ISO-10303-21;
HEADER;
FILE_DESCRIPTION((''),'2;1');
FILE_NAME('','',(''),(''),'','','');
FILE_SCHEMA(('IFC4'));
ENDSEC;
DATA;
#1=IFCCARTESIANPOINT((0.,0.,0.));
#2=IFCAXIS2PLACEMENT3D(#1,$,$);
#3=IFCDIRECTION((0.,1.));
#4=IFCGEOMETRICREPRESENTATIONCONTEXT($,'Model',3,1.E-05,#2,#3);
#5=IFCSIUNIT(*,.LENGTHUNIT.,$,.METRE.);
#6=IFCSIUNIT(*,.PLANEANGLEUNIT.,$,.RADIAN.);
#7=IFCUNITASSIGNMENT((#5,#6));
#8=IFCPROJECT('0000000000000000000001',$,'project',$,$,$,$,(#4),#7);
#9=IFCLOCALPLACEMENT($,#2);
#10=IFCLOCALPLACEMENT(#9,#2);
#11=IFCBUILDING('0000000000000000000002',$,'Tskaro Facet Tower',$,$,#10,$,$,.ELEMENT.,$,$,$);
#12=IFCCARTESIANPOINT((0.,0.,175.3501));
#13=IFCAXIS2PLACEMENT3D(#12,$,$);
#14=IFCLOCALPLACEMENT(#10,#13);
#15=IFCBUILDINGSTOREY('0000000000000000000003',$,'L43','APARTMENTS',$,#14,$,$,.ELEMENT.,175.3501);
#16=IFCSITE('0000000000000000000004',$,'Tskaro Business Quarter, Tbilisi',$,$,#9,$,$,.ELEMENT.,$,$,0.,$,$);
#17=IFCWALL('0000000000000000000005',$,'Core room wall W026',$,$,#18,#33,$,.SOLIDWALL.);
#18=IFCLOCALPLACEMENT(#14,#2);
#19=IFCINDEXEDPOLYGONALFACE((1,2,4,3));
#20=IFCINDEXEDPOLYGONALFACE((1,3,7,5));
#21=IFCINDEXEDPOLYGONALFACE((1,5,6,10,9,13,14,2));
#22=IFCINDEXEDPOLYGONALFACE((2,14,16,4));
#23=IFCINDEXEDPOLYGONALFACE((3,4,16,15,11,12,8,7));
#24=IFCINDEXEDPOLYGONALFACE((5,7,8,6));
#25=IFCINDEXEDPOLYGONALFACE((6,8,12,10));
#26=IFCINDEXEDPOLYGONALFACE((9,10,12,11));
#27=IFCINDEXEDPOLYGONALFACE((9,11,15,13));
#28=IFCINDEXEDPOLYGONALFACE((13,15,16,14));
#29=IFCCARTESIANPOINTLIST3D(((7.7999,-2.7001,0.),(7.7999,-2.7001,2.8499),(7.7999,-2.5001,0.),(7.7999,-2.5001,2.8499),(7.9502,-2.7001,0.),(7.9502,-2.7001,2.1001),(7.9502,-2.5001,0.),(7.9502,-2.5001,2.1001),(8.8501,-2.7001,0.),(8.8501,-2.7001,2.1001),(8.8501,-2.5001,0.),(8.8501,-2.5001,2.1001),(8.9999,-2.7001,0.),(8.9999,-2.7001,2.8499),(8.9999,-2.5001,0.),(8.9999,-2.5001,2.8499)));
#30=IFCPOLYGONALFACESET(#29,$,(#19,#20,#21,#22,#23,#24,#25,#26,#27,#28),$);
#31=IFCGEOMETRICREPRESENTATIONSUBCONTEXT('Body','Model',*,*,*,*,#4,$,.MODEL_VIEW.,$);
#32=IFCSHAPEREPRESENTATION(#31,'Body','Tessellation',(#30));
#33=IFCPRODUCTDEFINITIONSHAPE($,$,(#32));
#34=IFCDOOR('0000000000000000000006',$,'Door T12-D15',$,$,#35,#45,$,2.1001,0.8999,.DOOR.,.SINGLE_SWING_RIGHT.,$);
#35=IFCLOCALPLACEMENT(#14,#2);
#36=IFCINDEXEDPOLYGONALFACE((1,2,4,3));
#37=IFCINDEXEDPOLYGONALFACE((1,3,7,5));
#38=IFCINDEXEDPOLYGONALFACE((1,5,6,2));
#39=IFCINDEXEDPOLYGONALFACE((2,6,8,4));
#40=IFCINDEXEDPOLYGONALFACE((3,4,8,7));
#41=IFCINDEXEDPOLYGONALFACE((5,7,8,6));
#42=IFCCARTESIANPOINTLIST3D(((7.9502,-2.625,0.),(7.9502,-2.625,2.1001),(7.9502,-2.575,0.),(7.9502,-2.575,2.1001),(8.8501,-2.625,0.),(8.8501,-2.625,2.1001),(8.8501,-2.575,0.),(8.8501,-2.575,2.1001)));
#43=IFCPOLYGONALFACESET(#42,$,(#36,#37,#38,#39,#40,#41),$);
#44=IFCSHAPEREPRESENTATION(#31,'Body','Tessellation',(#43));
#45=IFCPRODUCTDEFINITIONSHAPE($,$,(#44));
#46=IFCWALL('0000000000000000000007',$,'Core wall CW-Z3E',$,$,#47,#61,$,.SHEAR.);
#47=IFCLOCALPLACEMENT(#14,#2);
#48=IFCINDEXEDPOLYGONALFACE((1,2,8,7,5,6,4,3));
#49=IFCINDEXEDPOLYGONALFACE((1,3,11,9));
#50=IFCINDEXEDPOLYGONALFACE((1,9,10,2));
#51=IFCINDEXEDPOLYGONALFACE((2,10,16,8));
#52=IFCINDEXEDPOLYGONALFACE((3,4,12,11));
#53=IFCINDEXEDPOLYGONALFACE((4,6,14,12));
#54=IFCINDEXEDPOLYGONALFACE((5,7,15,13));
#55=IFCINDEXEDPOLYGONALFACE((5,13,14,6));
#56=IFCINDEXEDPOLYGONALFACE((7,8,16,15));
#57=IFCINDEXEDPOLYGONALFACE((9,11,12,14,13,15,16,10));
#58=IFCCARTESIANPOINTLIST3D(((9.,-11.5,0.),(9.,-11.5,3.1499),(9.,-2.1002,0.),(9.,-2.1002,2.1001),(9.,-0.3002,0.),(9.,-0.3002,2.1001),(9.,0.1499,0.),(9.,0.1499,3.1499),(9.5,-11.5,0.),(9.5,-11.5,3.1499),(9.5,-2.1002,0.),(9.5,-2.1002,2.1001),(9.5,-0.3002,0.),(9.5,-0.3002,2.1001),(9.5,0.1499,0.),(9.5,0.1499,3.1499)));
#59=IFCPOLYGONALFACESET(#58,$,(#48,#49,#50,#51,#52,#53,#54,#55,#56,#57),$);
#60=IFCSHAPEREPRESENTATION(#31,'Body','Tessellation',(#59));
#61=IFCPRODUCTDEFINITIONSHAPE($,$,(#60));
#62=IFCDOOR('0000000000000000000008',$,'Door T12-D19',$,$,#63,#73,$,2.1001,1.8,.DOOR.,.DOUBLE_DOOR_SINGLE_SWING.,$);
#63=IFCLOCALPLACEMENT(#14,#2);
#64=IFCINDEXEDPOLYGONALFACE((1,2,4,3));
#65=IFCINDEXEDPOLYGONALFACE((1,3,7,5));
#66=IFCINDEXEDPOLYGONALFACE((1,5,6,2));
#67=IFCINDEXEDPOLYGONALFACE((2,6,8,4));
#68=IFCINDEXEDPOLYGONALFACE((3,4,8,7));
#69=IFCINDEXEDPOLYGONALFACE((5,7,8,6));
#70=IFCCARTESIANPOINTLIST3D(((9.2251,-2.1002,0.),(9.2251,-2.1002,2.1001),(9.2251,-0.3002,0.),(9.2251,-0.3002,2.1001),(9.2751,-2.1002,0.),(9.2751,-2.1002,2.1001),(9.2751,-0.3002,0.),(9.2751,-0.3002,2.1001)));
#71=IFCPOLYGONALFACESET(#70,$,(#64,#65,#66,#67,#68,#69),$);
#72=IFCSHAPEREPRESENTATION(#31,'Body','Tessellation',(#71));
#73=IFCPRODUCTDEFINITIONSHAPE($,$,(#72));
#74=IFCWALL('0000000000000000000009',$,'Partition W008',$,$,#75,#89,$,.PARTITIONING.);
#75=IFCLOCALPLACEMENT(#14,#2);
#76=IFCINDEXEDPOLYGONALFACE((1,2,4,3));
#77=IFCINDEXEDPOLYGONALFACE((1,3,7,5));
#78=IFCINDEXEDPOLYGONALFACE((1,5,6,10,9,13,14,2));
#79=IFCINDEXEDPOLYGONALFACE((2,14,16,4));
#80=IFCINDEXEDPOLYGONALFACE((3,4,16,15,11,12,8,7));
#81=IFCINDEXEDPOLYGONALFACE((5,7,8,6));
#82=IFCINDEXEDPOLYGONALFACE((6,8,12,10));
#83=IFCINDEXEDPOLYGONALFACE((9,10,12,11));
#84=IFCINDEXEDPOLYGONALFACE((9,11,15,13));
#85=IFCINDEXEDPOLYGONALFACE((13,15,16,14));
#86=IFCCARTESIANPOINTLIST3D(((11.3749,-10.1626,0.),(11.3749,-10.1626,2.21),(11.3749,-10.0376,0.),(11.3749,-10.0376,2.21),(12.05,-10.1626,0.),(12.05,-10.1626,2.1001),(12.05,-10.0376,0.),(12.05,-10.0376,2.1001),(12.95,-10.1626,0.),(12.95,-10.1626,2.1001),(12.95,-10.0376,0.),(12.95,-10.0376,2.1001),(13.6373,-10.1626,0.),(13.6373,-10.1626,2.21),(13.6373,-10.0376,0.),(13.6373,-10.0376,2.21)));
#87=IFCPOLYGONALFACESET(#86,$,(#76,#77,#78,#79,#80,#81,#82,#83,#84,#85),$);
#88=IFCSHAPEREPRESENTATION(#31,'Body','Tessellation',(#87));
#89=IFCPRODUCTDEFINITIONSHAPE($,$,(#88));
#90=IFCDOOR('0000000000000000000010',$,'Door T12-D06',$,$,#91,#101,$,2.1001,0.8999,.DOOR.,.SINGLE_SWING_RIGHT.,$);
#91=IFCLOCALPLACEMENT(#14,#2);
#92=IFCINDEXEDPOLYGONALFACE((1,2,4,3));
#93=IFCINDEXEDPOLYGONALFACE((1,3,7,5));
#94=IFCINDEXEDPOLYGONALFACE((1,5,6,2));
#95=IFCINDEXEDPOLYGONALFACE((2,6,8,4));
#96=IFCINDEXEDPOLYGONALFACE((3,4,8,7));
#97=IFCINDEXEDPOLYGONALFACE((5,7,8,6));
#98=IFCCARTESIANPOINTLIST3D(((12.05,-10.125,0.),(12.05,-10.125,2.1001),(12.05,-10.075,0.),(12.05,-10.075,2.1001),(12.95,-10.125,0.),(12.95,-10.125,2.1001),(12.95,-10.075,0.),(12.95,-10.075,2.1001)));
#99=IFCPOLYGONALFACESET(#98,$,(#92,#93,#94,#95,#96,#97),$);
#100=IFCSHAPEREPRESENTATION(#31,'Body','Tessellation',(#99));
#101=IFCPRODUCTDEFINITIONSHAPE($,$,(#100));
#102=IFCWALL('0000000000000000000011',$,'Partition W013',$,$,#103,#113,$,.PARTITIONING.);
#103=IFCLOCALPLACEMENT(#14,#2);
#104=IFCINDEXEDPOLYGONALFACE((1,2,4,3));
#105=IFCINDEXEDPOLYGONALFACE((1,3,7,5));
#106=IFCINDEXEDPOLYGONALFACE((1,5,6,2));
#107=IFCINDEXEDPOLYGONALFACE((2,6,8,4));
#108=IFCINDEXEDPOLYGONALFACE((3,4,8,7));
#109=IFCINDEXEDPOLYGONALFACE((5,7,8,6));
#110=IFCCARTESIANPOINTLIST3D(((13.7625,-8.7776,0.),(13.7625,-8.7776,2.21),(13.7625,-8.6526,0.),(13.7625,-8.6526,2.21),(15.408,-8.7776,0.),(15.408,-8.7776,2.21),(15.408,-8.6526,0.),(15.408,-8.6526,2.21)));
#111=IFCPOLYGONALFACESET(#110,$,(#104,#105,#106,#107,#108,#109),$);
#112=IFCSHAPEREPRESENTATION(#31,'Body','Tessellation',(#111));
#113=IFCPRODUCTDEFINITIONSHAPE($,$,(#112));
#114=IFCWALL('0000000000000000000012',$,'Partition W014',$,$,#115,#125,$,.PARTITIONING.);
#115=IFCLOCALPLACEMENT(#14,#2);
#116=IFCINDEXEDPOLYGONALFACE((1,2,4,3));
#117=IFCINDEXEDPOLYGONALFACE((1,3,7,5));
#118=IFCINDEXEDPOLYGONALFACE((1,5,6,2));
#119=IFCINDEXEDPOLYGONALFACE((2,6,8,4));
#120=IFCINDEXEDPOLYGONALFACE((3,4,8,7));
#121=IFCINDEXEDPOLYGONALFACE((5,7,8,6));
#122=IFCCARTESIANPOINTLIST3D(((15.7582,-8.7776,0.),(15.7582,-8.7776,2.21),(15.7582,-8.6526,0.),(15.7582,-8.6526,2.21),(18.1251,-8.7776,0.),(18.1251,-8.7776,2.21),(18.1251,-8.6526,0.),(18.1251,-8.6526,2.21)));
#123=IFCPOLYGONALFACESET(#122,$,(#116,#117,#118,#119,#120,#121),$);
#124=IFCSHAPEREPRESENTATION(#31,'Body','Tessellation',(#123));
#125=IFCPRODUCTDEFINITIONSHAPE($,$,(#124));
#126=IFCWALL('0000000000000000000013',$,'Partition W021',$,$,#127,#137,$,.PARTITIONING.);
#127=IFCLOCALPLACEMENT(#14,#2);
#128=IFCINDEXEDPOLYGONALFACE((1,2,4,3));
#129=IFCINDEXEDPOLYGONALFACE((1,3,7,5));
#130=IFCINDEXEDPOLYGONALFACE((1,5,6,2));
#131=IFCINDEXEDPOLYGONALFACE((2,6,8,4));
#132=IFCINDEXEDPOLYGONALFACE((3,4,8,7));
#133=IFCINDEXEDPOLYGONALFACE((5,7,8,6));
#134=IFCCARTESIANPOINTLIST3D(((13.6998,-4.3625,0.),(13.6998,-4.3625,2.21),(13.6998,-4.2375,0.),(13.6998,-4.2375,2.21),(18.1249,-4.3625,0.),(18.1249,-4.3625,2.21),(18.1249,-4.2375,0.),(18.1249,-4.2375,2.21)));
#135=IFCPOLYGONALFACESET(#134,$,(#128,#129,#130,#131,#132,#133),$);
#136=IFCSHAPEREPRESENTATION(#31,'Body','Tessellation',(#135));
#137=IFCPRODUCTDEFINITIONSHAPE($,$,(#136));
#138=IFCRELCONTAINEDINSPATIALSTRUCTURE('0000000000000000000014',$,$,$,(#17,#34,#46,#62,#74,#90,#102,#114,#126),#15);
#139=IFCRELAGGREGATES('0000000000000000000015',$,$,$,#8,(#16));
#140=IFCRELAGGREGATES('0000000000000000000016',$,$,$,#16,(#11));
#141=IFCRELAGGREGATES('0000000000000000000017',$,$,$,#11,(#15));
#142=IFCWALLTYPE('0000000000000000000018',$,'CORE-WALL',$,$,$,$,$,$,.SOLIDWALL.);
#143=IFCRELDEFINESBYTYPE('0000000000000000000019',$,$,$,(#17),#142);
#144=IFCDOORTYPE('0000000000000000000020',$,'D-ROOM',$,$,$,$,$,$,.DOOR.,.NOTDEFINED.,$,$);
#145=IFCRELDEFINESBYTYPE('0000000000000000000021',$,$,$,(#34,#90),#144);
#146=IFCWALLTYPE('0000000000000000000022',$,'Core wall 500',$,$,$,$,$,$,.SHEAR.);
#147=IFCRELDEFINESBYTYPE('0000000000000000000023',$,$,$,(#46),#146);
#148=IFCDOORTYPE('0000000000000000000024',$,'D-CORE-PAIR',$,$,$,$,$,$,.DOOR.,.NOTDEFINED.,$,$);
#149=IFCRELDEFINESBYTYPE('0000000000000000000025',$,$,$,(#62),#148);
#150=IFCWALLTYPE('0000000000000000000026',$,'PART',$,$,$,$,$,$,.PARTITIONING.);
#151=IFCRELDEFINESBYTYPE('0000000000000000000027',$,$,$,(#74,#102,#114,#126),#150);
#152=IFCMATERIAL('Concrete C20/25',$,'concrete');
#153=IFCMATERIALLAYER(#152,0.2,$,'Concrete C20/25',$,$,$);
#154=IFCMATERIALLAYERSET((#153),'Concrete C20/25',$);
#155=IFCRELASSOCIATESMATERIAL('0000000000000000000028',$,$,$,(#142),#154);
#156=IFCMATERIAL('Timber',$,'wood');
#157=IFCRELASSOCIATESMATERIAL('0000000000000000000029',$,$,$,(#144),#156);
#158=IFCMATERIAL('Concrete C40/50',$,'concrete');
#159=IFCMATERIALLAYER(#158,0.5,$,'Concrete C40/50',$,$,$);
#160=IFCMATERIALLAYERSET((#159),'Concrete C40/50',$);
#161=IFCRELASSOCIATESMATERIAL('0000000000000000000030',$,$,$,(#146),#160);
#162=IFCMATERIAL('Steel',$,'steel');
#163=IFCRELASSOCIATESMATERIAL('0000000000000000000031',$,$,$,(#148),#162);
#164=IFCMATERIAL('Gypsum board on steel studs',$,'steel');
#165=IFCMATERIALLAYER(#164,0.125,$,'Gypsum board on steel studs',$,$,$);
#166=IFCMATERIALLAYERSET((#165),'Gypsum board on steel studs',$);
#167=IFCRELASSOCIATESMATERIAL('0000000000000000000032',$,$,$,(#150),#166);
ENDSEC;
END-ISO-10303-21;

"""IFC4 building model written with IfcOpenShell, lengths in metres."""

from ifc_helpers import new_model, si_unit, direction, frame, frame_2d, origin, place, context, subcontext, project, spatial, rectangle, extrude, material, layer, layer_set, type_object, element, fill, save


model = new_model("IFC4")

# Units and contexts
model_context = context("Model", 3, precision=1e-05, world=origin(), true_north=direction((0.0, 1.0)))
body_context = subcontext(model_context, "Body", "Model", "MODEL_VIEW")
ifc_project = project(units=[si_unit("LENGTHUNIT", "METRE"), si_unit("PLANEANGLEUNIT", "RADIAN")], contexts=[model_context])

# Site, building, storey
site_placement = place(None, origin())
site = spatial("IfcSite", under=ifc_project, at=site_placement, Name="Tskaro Business Quarter, Tbilisi", CompositionType="ELEMENT", RefElevation=0.0)
building_placement = place(site_placement, origin())
building = spatial("IfcBuilding", under=site, at=building_placement, Name="Tskaro Facet Tower", CompositionType="ELEMENT")
storey_placement = place(building_placement, frame((0.0, 0.0, 175.3501)))
storey = spatial("IfcBuildingStorey", under=building, at=storey_placement, Name="L43", Description="APARTMENTS", CompositionType="ELEMENT", Elevation=175.3501)

# Walls, openings, doors
ifc_material_1 = material(Name="Concrete C20/25", Category="concrete")
ifc_layer_1 = layer(ifc_material_1, 0.2, Name="Concrete C20/25")
ifc_layer_set_1 = layer_set([ifc_layer_1], Name="Concrete C20/25")
wall_type_1 = type_object("IfcWallType", Name="CORE-WALL", PredefinedType="SOLIDWALL", material=ifc_layer_set_1)
wall_1_placement = place(storey_placement, frame((9.0, -2.6001, 0.0), z_axis=(0.0, 0.0, 1.0), x_axis=(-1.0, 0.0, 0.0)))
wall_1 = element("IfcWall", 1, at=wall_1_placement, inside=storey, type_object=wall_type_1, Name="Core room wall W026", PredefinedType="SOLIDWALL", context=body_context, shape_type="SweptSolid", body=[
    extrude(rectangle(XDim=1.2, YDim=0.2, at=frame_2d((0.6001, 0.0))), origin(), (0.0, 0.0, 1.0), 2.8499),
])
opening_1_placement = place(wall_1_placement, frame((0.1499, 0.0, 0.0)))
opening_1 = element("IfcOpeningElement", 2, at=opening_1_placement, cuts=wall_1, PredefinedType="OPENING", context=body_context, shape_type="SweptSolid", body=[
    extrude(rectangle(XDim=0.8999, YDim=2.1001, at=frame_2d((0.45, 1.05))), frame((0.0, 0.1099, 0.0), z_axis=(0.0, -1.0, 0.0), x_axis=(1.0, 0.0, 0.0)), (0.0, 0.0, 1.0), 0.22),
])
ifc_material_2 = material(Name="Timber", Category="wood")
door_type_1 = type_object("IfcDoorType", Name="D-ROOM", OperationType="NOTDEFINED", PredefinedType="DOOR", material=ifc_material_2)
door_1_placement = place(opening_1_placement, origin())
door_1 = element("IfcDoor", 3, at=door_1_placement, inside=storey, type_object=door_type_1, Name="Door T12-D15", OperationType="SINGLE_SWING_RIGHT", OverallHeight=2.1001, OverallWidth=0.8999, PredefinedType="DOOR", context=body_context, shape_type="SweptSolid", body=[
    extrude(rectangle(XDim=0.8999, YDim=2.1001, at=frame_2d((0.45, 1.05))), frame((0.0, 0.0249, 0.0), z_axis=(0.0, -1.0, 0.0), x_axis=(1.0, 0.0, 0.0)), (0.0, 0.0, 1.0), 0.05),
])
fill(opening_1, door_1)
ifc_material_3 = material(Name="Concrete C40/50", Category="concrete")
ifc_layer_2 = layer(ifc_material_3, 0.5, Name="Concrete C40/50")
ifc_layer_set_2 = layer_set([ifc_layer_2], Name="Concrete C40/50")
wall_type_2 = type_object("IfcWallType", Name="Core wall 500", PredefinedType="SHEAR", material=ifc_layer_set_2)
wall_2_placement = place(storey_placement, frame((9.25, -11.5, 0.0), z_axis=(0.0, 0.0, 1.0), x_axis=(0.0, 1.0, 0.0)))
wall_2 = element("IfcWall", 4, at=wall_2_placement, inside=storey, type_object=wall_type_2, Name="Core wall CW-Z3E", PredefinedType="SHEAR", context=body_context, shape_type="SweptSolid", body=[
    extrude(rectangle(XDim=11.6499, YDim=0.5, at=frame_2d((5.825, 0.0))), origin(), (0.0, 0.0, 1.0), 3.1499),
])
opening_2_placement = place(wall_2_placement, frame((9.3999, 0.0, 0.0)))
opening_2 = element("IfcOpeningElement", 5, at=opening_2_placement, cuts=wall_2, PredefinedType="OPENING", context=body_context, shape_type="SweptSolid", body=[
    extrude(rectangle(XDim=1.8, YDim=2.1001, at=frame_2d((0.8999, 1.05))), frame((0.0, 0.26, 0.0), z_axis=(0.0, -1.0, 0.0), x_axis=(1.0, 0.0, 0.0)), (0.0, 0.0, 1.0), 0.52),
])
ifc_material_4 = material(Name="Steel", Category="steel")
door_type_2 = type_object("IfcDoorType", Name="D-CORE-PAIR", OperationType="NOTDEFINED", PredefinedType="DOOR", material=ifc_material_4)
door_2_placement = place(opening_2_placement, origin())
door_2 = element("IfcDoor", 6, at=door_2_placement, inside=storey, type_object=door_type_2, Name="Door T12-D19", OperationType="DOUBLE_DOOR_SINGLE_SWING", OverallHeight=2.1001, OverallWidth=1.8, PredefinedType="DOOR", context=body_context, shape_type="SweptSolid", body=[
    extrude(rectangle(XDim=1.8, YDim=2.1001, at=frame_2d((0.8999, 1.05))), frame((0.0, 0.0249, 0.0), z_axis=(0.0, -1.0, 0.0), x_axis=(1.0, 0.0, 0.0)), (0.0, 0.0, 1.0), 0.05),
])
fill(opening_2, door_2)
ifc_material_5 = material(Name="Gypsum board on steel studs", Category="steel")
ifc_layer_3 = layer(ifc_material_5, 0.125, Name="Gypsum board on steel studs")
ifc_layer_set_3 = layer_set([ifc_layer_3], Name="Gypsum board on steel studs")
wall_type_3 = type_object("IfcWallType", Name="PART", PredefinedType="PARTITIONING", material=ifc_layer_set_3)
wall_3_placement = place(storey_placement, frame((13.6375, -10.1001, 0.0), z_axis=(0.0, 0.0, 1.0), x_axis=(-1.0, 0.0, 0.0)))
wall_3 = element("IfcWall", 7, at=wall_3_placement, inside=storey, type_object=wall_type_3, Name="Partition W008", PredefinedType="PARTITIONING", context=body_context, shape_type="SweptSolid", body=[
    extrude(rectangle(XDim=2.2625, YDim=0.125, at=frame_2d((1.1313, 0.0))), origin(), (0.0, 0.0, 1.0), 2.21),
])
opening_3_placement = place(wall_3_placement, frame((0.6875, 0.0, 0.0)))
opening_3 = element("IfcOpeningElement", 8, at=opening_3_placement, cuts=wall_3, PredefinedType="OPENING", context=body_context, shape_type="SweptSolid", body=[
    extrude(rectangle(XDim=0.8999, YDim=2.1001, at=frame_2d((0.45, 1.05))), frame((0.0, 0.0725, 0.0), z_axis=(0.0, -1.0, 0.0), x_axis=(1.0, 0.0, 0.0)), (0.0, 0.0, 1.0), 0.145),
])
door_3_placement = place(opening_3_placement, origin())
door_3 = element("IfcDoor", 9, at=door_3_placement, inside=storey, type_object=door_type_1, Name="Door T12-D06", OperationType="SINGLE_SWING_RIGHT", OverallHeight=2.1001, OverallWidth=0.8999, PredefinedType="DOOR", context=body_context, shape_type="SweptSolid", body=[
    extrude(rectangle(XDim=0.8999, YDim=2.1001, at=frame_2d((0.45, 1.05))), frame((0.0, 0.0249, 0.0), z_axis=(0.0, -1.0, 0.0), x_axis=(1.0, 0.0, 0.0)), (0.0, 0.0, 1.0), 0.05),
])
fill(opening_3, door_3)

# Walls
wall_4_placement = place(storey_placement, frame((13.7625, -8.7151, 0.0), z_axis=(0.0, 0.0, 1.0), x_axis=(1.0, 0.0, 0.0)))
element("IfcWall", 10, at=wall_4_placement, inside=storey, type_object=wall_type_3, Name="Partition W013", PredefinedType="PARTITIONING", context=body_context, shape_type="SweptSolid", body=[
    extrude(rectangle(XDim=1.6455, YDim=0.125, at=frame_2d((0.8228, 0.0))), origin(), (0.0, 0.0, 1.0), 2.21),
])
wall_5_placement = place(storey_placement, frame((15.7581, -8.7151, 0.0), z_axis=(0.0, 0.0, 1.0), x_axis=(1.0, 0.0, 0.0)))
element("IfcWall", 11, at=wall_5_placement, inside=storey, type_object=wall_type_3, Name="Partition W014", PredefinedType="PARTITIONING", context=body_context, shape_type="SweptSolid", body=[
    extrude(rectangle(XDim=2.3669, YDim=0.125, at=frame_2d((1.1836, 0.0))), origin(), (0.0, 0.0, 1.0), 2.21),
])
wall_6_placement = place(storey_placement, frame((13.7, -4.3, 0.0), z_axis=(0.0, 0.0, 1.0), x_axis=(1.0, 0.0, 0.0)))
element("IfcWall", 12, at=wall_6_placement, inside=storey, type_object=wall_type_3, Name="Partition W021", PredefinedType="PARTITIONING", context=body_context, shape_type="SweptSolid", body=[
    extrude(rectangle(XDim=4.425, YDim=0.125, at=frame_2d((2.2124, 0.0))), origin(), (0.0, 0.0, 1.0), 2.21),
])

save(model, "model.ifc")
